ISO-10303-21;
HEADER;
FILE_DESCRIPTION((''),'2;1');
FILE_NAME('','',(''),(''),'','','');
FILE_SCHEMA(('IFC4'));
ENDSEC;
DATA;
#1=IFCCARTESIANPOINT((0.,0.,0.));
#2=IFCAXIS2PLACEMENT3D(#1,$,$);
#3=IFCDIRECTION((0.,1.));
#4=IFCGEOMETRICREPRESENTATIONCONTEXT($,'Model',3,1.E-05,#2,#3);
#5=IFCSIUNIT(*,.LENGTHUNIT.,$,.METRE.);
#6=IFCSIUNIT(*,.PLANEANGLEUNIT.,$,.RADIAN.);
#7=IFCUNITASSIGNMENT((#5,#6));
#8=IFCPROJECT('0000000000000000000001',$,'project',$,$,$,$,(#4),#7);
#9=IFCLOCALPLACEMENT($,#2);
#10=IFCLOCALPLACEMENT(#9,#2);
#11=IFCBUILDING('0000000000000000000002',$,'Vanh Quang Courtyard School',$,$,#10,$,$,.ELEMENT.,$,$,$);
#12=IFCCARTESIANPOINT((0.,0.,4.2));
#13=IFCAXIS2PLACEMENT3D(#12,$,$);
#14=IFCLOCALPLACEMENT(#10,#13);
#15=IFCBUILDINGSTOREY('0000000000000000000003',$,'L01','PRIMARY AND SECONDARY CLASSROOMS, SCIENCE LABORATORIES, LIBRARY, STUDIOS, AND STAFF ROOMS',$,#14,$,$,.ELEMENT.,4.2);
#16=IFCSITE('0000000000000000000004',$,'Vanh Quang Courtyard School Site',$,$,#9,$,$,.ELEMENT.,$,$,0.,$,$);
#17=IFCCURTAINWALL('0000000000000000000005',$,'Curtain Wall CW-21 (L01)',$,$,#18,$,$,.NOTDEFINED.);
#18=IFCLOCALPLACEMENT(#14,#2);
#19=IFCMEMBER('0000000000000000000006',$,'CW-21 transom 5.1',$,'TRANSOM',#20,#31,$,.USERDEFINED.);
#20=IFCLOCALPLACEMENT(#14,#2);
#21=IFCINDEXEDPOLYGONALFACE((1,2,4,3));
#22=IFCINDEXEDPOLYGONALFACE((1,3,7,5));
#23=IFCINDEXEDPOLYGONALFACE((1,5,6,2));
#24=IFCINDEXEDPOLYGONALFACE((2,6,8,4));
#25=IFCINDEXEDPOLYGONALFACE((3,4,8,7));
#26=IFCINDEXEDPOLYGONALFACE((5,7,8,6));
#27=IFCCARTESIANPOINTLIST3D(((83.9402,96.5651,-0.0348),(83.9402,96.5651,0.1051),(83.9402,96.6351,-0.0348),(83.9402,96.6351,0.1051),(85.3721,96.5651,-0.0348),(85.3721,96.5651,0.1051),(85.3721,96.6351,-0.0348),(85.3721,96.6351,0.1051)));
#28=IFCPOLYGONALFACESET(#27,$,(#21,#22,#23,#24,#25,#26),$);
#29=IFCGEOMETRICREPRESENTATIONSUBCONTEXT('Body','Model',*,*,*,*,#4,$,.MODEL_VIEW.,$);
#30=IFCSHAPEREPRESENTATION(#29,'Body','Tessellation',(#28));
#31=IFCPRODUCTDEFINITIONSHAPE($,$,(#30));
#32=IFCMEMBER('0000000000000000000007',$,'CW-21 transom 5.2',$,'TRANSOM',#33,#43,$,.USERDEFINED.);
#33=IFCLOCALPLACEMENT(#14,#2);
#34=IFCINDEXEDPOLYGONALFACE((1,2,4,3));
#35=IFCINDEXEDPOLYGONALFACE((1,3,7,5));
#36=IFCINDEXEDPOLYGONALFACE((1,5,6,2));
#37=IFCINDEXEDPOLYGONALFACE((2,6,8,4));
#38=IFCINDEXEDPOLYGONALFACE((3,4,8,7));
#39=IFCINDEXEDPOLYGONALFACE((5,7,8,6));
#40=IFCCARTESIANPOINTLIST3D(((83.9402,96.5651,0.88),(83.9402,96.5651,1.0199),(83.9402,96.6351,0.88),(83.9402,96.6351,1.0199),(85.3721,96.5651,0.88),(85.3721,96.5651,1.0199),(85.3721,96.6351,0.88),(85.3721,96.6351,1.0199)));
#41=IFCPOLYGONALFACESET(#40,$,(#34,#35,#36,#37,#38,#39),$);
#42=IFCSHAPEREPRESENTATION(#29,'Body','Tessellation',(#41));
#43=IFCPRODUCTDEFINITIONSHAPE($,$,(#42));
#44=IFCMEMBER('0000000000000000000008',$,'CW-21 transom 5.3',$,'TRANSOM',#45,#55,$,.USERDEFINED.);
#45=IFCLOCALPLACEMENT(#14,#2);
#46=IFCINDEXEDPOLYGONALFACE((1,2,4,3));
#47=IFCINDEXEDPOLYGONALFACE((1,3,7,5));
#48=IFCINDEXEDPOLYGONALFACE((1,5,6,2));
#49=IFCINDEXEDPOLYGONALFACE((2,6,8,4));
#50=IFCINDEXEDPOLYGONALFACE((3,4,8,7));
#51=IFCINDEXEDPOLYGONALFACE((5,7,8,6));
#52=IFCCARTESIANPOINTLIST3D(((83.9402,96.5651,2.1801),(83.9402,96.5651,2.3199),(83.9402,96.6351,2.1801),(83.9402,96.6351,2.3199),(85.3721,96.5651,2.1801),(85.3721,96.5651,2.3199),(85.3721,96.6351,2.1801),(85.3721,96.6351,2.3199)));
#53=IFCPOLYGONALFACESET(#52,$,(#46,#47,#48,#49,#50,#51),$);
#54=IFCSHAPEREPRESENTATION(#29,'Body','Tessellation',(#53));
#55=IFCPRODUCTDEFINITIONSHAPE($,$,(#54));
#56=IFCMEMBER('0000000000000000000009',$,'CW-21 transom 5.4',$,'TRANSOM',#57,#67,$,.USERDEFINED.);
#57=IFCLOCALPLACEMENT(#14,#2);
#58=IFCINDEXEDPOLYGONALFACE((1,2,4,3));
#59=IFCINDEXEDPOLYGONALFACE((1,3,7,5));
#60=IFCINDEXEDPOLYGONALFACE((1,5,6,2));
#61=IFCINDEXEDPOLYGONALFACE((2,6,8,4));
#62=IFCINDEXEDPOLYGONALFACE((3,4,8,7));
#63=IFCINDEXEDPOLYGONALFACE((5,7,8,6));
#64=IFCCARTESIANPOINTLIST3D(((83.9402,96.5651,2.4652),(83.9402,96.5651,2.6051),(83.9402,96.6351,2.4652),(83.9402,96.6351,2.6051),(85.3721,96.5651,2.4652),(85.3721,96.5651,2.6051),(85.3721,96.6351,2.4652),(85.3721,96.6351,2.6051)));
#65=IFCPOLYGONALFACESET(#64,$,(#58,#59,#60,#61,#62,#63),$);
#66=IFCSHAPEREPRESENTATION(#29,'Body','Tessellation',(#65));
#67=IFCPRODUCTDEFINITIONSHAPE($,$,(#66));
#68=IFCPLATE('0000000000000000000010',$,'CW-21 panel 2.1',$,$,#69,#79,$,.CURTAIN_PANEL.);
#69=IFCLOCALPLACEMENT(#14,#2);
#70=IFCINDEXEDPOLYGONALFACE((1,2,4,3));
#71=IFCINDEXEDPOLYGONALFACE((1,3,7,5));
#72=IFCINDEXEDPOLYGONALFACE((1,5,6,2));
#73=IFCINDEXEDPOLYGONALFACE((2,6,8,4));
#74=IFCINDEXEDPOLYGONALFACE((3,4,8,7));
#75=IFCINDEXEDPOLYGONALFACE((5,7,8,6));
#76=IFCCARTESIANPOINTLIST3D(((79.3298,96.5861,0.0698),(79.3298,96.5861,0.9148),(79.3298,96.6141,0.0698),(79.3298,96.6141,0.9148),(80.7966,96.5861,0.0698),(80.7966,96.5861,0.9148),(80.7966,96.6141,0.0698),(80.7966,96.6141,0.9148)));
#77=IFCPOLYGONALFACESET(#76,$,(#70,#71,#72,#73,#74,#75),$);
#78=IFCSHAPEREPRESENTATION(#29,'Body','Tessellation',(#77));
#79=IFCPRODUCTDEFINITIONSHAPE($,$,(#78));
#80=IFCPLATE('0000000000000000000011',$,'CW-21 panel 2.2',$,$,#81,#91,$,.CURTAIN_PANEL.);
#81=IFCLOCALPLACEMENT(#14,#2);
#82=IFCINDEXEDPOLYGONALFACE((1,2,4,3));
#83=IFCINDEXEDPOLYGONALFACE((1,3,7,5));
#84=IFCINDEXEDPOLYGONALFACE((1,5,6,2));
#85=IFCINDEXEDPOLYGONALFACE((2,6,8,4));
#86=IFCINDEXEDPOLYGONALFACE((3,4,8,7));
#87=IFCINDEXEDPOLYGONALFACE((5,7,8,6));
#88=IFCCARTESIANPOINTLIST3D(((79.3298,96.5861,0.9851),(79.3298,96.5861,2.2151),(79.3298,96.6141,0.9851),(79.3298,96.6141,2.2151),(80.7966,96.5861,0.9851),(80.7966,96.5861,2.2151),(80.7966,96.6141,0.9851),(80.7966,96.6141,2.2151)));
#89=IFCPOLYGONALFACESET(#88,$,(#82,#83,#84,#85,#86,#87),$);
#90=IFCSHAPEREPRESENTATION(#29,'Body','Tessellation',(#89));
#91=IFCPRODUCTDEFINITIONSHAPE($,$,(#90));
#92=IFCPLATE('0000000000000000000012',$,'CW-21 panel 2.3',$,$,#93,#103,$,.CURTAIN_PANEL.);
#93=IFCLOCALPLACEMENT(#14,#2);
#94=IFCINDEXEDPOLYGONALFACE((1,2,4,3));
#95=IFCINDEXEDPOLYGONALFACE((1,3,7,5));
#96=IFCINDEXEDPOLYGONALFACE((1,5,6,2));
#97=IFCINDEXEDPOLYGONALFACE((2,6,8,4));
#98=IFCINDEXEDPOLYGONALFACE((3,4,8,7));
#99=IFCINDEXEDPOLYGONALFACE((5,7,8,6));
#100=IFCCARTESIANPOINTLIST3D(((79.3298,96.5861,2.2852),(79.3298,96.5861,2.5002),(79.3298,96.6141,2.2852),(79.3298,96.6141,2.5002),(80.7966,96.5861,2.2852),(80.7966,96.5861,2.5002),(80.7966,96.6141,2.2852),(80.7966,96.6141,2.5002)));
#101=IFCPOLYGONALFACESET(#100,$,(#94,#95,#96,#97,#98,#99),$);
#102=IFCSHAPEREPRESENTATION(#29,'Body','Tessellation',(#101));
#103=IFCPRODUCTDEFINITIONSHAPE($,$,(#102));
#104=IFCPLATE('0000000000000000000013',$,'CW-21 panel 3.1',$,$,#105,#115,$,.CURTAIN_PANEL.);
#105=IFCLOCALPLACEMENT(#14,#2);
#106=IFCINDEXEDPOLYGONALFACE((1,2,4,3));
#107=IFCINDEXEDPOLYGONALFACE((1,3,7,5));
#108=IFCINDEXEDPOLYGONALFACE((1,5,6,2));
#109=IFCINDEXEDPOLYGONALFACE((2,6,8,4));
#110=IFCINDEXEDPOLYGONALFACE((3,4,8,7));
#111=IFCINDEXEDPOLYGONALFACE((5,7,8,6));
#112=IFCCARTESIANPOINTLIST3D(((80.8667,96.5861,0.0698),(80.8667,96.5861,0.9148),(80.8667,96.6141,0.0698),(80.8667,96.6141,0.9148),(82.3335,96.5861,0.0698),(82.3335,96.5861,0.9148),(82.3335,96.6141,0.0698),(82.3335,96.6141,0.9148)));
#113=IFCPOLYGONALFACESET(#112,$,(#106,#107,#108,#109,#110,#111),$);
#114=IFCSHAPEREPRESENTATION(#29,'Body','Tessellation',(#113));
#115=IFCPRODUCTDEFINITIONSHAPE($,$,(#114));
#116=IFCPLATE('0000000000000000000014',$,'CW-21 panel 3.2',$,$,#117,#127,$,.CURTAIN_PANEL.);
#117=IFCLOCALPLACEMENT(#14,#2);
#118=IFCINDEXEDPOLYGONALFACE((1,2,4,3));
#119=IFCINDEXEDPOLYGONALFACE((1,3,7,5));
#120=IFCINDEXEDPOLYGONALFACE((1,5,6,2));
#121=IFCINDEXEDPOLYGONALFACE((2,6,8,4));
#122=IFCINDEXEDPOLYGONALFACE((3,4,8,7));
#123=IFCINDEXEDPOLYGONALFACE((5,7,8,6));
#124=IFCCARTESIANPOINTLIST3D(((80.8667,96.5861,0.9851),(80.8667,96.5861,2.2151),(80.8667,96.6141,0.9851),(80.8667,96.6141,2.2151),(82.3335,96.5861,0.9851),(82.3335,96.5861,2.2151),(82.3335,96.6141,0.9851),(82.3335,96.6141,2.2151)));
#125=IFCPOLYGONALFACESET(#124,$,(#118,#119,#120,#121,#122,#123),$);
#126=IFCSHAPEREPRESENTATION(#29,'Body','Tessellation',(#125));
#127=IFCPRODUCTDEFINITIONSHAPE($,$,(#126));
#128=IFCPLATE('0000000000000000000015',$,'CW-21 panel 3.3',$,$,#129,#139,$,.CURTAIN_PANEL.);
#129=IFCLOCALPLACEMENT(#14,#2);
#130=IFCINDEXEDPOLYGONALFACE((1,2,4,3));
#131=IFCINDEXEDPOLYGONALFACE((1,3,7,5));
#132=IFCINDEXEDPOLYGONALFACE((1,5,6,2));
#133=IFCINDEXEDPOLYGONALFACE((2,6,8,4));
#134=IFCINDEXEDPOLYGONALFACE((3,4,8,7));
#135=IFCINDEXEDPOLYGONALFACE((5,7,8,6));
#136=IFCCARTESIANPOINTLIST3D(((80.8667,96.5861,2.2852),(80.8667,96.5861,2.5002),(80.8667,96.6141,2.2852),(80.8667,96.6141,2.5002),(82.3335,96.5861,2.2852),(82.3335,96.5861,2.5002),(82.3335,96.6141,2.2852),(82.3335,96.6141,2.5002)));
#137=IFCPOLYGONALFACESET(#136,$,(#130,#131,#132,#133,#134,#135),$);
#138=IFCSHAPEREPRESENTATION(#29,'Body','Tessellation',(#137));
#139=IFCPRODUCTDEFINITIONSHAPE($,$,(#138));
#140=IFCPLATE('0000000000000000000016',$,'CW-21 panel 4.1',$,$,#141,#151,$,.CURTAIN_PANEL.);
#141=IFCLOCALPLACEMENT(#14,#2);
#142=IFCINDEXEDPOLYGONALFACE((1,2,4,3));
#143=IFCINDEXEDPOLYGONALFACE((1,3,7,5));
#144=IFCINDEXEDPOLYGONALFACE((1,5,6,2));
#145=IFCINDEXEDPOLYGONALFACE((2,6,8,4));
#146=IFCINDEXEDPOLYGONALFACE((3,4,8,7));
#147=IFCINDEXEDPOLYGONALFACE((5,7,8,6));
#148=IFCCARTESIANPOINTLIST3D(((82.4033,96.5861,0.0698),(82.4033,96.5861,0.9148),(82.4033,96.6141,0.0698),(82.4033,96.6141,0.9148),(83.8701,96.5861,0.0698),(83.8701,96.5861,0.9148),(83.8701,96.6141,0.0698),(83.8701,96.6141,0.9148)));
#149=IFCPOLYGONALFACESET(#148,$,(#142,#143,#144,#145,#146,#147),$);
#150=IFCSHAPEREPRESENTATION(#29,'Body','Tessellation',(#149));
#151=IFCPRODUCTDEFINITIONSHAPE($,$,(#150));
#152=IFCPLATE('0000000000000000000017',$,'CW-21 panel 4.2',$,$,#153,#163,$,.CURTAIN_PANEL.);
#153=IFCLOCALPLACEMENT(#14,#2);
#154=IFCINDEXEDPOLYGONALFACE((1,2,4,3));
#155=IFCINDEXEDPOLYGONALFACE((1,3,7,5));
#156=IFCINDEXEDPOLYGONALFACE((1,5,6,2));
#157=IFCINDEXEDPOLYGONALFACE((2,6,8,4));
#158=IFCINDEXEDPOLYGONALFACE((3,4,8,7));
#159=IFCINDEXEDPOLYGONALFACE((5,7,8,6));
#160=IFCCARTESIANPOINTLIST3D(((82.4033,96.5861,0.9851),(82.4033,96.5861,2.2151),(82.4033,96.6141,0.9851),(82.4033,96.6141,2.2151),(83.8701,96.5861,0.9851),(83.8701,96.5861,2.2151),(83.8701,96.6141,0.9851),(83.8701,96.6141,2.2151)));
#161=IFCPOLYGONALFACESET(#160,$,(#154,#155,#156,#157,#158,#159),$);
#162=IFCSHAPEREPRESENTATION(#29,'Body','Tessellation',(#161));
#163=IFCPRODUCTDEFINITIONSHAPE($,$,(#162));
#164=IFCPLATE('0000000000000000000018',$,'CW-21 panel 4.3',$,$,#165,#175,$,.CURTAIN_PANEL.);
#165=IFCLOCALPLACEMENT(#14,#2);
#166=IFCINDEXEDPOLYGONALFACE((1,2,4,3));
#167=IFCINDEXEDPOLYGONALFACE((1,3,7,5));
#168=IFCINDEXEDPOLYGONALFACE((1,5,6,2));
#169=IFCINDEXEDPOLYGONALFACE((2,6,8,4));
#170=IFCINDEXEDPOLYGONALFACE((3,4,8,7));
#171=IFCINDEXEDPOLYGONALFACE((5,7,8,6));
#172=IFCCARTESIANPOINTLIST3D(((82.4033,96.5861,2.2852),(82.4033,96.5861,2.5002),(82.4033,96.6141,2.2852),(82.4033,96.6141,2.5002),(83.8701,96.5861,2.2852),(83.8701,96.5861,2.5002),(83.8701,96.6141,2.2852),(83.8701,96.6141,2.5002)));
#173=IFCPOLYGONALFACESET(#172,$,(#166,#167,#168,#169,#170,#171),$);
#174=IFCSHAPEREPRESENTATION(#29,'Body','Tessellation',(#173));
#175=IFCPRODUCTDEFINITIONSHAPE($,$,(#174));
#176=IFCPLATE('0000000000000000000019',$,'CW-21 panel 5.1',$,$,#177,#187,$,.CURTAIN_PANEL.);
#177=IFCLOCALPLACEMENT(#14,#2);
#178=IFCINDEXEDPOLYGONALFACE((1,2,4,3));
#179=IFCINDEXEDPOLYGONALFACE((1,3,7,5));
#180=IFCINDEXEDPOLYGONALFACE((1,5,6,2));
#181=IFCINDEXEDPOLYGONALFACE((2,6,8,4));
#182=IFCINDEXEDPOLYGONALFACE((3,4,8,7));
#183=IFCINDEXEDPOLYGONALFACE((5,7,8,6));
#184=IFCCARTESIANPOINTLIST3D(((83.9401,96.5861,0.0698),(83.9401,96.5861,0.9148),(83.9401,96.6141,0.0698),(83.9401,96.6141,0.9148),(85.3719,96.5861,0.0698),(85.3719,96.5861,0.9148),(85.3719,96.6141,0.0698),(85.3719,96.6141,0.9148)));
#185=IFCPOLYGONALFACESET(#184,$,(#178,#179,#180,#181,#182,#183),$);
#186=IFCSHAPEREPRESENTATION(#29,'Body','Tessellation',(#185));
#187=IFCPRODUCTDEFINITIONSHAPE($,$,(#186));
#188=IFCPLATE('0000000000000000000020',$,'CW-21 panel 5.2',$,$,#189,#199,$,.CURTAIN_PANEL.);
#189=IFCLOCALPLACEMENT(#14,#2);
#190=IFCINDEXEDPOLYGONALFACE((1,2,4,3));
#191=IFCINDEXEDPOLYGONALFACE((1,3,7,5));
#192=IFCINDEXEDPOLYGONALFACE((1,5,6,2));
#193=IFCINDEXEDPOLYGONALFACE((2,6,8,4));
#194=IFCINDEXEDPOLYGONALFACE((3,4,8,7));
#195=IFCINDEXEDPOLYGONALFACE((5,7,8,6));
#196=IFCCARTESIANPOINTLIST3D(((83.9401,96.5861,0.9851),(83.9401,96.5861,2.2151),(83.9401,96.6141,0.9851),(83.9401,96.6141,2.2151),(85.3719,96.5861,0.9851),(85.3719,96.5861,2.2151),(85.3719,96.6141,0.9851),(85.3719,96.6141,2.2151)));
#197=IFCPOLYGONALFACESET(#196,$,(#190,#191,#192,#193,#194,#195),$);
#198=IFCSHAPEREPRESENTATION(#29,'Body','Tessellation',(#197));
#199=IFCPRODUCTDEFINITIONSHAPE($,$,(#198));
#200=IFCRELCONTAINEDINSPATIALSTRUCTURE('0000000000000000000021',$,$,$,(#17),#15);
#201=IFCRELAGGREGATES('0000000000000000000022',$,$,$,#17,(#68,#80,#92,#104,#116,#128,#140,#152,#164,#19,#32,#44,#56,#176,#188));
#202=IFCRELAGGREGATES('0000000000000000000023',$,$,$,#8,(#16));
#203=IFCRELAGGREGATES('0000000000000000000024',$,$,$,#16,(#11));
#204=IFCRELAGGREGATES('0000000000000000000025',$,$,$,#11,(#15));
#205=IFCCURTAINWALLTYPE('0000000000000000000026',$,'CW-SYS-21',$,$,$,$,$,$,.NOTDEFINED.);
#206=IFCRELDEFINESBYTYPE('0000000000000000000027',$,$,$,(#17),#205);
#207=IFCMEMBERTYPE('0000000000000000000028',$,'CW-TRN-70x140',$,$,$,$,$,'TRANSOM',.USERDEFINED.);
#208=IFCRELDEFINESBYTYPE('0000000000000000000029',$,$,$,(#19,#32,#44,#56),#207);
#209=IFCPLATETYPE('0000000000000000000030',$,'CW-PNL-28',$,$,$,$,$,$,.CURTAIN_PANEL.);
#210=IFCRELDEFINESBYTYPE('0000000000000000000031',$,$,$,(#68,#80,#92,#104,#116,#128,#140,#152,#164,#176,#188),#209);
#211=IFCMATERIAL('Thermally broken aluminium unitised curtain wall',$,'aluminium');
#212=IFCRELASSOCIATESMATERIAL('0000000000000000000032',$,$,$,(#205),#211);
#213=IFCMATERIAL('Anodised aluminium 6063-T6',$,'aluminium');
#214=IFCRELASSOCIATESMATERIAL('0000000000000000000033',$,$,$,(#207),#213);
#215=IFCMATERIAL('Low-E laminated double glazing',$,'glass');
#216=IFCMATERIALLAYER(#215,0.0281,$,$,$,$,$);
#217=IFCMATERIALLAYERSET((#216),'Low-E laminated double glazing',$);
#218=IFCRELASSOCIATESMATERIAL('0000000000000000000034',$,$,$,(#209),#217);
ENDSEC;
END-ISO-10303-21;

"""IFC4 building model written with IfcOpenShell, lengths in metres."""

from ifc_helpers import new_model, si_unit, direction, frame, origin, origin_2d, place, context, subcontext, project, spatial, rectangle, extrude, material, layer, layer_set, material_profile, profile_set, type_object, element, aggregate, save


model = new_model("IFC4")

# Units and contexts
model_context = context("Model", 3, precision=1e-05, world=origin(), true_north=direction((0.0, 1.0)))
body_context = subcontext(model_context, "Body", "Model", "MODEL_VIEW")
ifc_project = project(units=[si_unit("LENGTHUNIT", "METRE"), si_unit("PLANEANGLEUNIT", "RADIAN")], contexts=[model_context])

# Site, building, storey
site_placement = place(None, origin())
site = spatial("IfcSite", under=ifc_project, at=site_placement, Name="Vanh Quang Courtyard School Site", CompositionType="ELEMENT", RefElevation=0.0)
building_placement = place(site_placement, origin())
building = spatial("IfcBuilding", under=site, at=building_placement, Name="Vanh Quang Courtyard School", CompositionType="ELEMENT")
storey_placement = place(building_placement, frame((0.0, 0.0, 4.2)))
storey = spatial("IfcBuildingStorey", under=building, at=storey_placement, Name="L01", Description="PRIMARY AND SECONDARY CLASSROOMS, SCIENCE LABORATORIES, LIBRARY, STUDIOS, AND STAFF ROOMS", CompositionType="ELEMENT", Elevation=4.2)

# Curtain wall, members, plates
ifc_material_1 = material(Name="Thermally broken aluminium unitised curtain wall", Category="aluminium")
curtain_wall_type = type_object("IfcCurtainWallType", Name="CW-SYS-21", PredefinedType="NOTDEFINED", material=ifc_material_1)
curtain_wall_placement = place(storey_placement, origin())
curtain_wall = element("IfcCurtainWall", 1, at=curtain_wall_placement, inside=storey, type_object=curtain_wall_type, Name="Curtain Wall CW-21 (L01)", PredefinedType="NOTDEFINED")
ifc_material_2 = material(Name="Anodised aluminium 6063-T6", Category="aluminium")
ifc_material_profile_1 = material_profile(ifc_material_2, rectangle(XDim=0.0701, YDim=0.1399, at=origin_2d()), Name="ALU-TRN 70x140")
ifc_profile_set_1 = profile_set([ifc_material_profile_1], Name="Anodised aluminium 6063-T6")
member_type_1 = type_object("IfcMemberType", Name="CW-TRN-70x140", ElementType="TRANSOM", PredefinedType="USERDEFINED", material=ifc_profile_set_1)
member_1_placement = place(storey_placement, frame((83.9402, 96.6001, 0.0352), z_axis=(1.0, 0.0, 0.0), x_axis=(0.0, 1.0, 0.0)))
member_1 = element("IfcMember", 2, at=member_1_placement, type_object=member_type_1, Name="CW-21 transom 5.1", ObjectType="TRANSOM", PredefinedType="USERDEFINED", context=body_context, shape_type="SweptSolid", body=[
    extrude(rectangle(XDim=0.0701, YDim=0.1399, at=origin_2d()), origin(), (0.0, 0.0, 1.0), 1.4319),
])
member_2_placement = place(storey_placement, frame((83.9402, 96.6001, 0.95), z_axis=(1.0, 0.0, 0.0), x_axis=(0.0, 1.0, 0.0)))
member_2 = element("IfcMember", 3, at=member_2_placement, type_object=member_type_1, Name="CW-21 transom 5.2", ObjectType="TRANSOM", PredefinedType="USERDEFINED", context=body_context, shape_type="SweptSolid", body=[
    extrude(rectangle(XDim=0.0701, YDim=0.1399, at=origin_2d()), origin(), (0.0, 0.0, 1.0), 1.4319),
])
member_3_placement = place(storey_placement, frame((83.9402, 96.6001, 2.25), z_axis=(1.0, 0.0, 0.0), x_axis=(0.0, 1.0, 0.0)))
member_3 = element("IfcMember", 4, at=member_3_placement, type_object=member_type_1, Name="CW-21 transom 5.3", ObjectType="TRANSOM", PredefinedType="USERDEFINED", context=body_context, shape_type="SweptSolid", body=[
    extrude(rectangle(XDim=0.0701, YDim=0.1399, at=origin_2d()), origin(), (0.0, 0.0, 1.0), 1.4319),
])
member_4_placement = place(storey_placement, frame((83.9402, 96.6001, 2.5352), z_axis=(1.0, 0.0, 0.0), x_axis=(0.0, 1.0, 0.0)))
member_4 = element("IfcMember", 5, at=member_4_placement, type_object=member_type_1, Name="CW-21 transom 5.4", ObjectType="TRANSOM", PredefinedType="USERDEFINED", context=body_context, shape_type="SweptSolid", body=[
    extrude(rectangle(XDim=0.0701, YDim=0.1399, at=origin_2d()), origin(), (0.0, 0.0, 1.0), 1.4319),
])
ifc_material_3 = material(Name="Low-E laminated double glazing", Category="glass")
ifc_layer = layer(ifc_material_3, 0.0281)
ifc_layer_set = layer_set([ifc_layer], Name="Low-E laminated double glazing")
plate_type = type_object("IfcPlateType", Name="CW-PNL-28", PredefinedType="CURTAIN_PANEL", material=ifc_layer_set)
plate_1_placement = place(storey_placement, frame((80.0632, 96.6001, 0.0698), z_axis=(0.0, 0.0, 1.0), x_axis=(1.0, 0.0, 0.0)))
plate_1 = element("IfcPlate", 6, at=plate_1_placement, type_object=plate_type, Name="CW-21 panel 2.1", PredefinedType="CURTAIN_PANEL", context=body_context, shape_type="SweptSolid", body=[
    extrude(rectangle(XDim=1.4668, YDim=0.0281, at=origin_2d()), origin(), (0.0, 0.0, 1.0), 0.845),
])
plate_2_placement = place(storey_placement, frame((80.0632, 96.6001, 0.9851), z_axis=(0.0, 0.0, 1.0), x_axis=(1.0, 0.0, 0.0)))
plate_2 = element("IfcPlate", 7, at=plate_2_placement, type_object=plate_type, Name="CW-21 panel 2.2", PredefinedType="CURTAIN_PANEL", context=body_context, shape_type="SweptSolid", body=[
    extrude(rectangle(XDim=1.4668, YDim=0.0281, at=origin_2d()), origin(), (0.0, 0.0, 1.0), 1.23),
])
plate_3_placement = place(storey_placement, frame((80.0632, 96.6001, 2.2852), z_axis=(0.0, 0.0, 1.0), x_axis=(1.0, 0.0, 0.0)))
plate_3 = element("IfcPlate", 8, at=plate_3_placement, type_object=plate_type, Name="CW-21 panel 2.3", PredefinedType="CURTAIN_PANEL", context=body_context, shape_type="SweptSolid", body=[
    extrude(rectangle(XDim=1.4668, YDim=0.0281, at=origin_2d()), origin(), (0.0, 0.0, 1.0), 0.2151),
])
plate_4_placement = place(storey_placement, frame((81.6001, 96.6001, 0.0698), z_axis=(0.0, 0.0, 1.0), x_axis=(1.0, 0.0, 0.0)))
plate_4 = element("IfcPlate", 9, at=plate_4_placement, type_object=plate_type, Name="CW-21 panel 3.1", PredefinedType="CURTAIN_PANEL", context=body_context, shape_type="SweptSolid", body=[
    extrude(rectangle(XDim=1.4668, YDim=0.0281, at=origin_2d()), origin(), (0.0, 0.0, 1.0), 0.845),
])
plate_5_placement = place(storey_placement, frame((81.6001, 96.6001, 0.9851), z_axis=(0.0, 0.0, 1.0), x_axis=(1.0, 0.0, 0.0)))
plate_5 = element("IfcPlate", 10, at=plate_5_placement, type_object=plate_type, Name="CW-21 panel 3.2", PredefinedType="CURTAIN_PANEL", context=body_context, shape_type="SweptSolid", body=[
    extrude(rectangle(XDim=1.4668, YDim=0.0281, at=origin_2d()), origin(), (0.0, 0.0, 1.0), 1.23),
])
plate_6_placement = place(storey_placement, frame((81.6001, 96.6001, 2.2852), z_axis=(0.0, 0.0, 1.0), x_axis=(1.0, 0.0, 0.0)))
plate_6 = element("IfcPlate", 11, at=plate_6_placement, type_object=plate_type, Name="CW-21 panel 3.3", PredefinedType="CURTAIN_PANEL", context=body_context, shape_type="SweptSolid", body=[
    extrude(rectangle(XDim=1.4668, YDim=0.0281, at=origin_2d()), origin(), (0.0, 0.0, 1.0), 0.2151),
])
plate_7_placement = place(storey_placement, frame((83.1367, 96.6001, 0.0698), z_axis=(0.0, 0.0, 1.0), x_axis=(1.0, 0.0, 0.0)))
plate_7 = element("IfcPlate", 12, at=plate_7_placement, type_object=plate_type, Name="CW-21 panel 4.1", PredefinedType="CURTAIN_PANEL", context=body_context, shape_type="SweptSolid", body=[
    extrude(rectangle(XDim=1.4668, YDim=0.0281, at=origin_2d()), origin(), (0.0, 0.0, 1.0), 0.845),
])
plate_8_placement = place(storey_placement, frame((83.1367, 96.6001, 0.9851), z_axis=(0.0, 0.0, 1.0), x_axis=(1.0, 0.0, 0.0)))
plate_8 = element("IfcPlate", 13, at=plate_8_placement, type_object=plate_type, Name="CW-21 panel 4.2", PredefinedType="CURTAIN_PANEL", context=body_context, shape_type="SweptSolid", body=[
    extrude(rectangle(XDim=1.4668, YDim=0.0281, at=origin_2d()), origin(), (0.0, 0.0, 1.0), 1.23),
])
plate_9_placement = place(storey_placement, frame((83.1367, 96.6001, 2.2852), z_axis=(0.0, 0.0, 1.0), x_axis=(1.0, 0.0, 0.0)))
plate_9 = element("IfcPlate", 14, at=plate_9_placement, type_object=plate_type, Name="CW-21 panel 4.3", PredefinedType="CURTAIN_PANEL", context=body_context, shape_type="SweptSolid", body=[
    extrude(rectangle(XDim=1.4668, YDim=0.0281, at=origin_2d()), origin(), (0.0, 0.0, 1.0), 0.2151),
])
plate_10_placement = place(storey_placement, frame((84.656, 96.6001, 0.0698), z_axis=(0.0, 0.0, 1.0), x_axis=(1.0, 0.0, 0.0)))
plate_10 = element("IfcPlate", 15, at=plate_10_placement, type_object=plate_type, Name="CW-21 panel 5.1", PredefinedType="CURTAIN_PANEL", context=body_context, shape_type="SweptSolid", body=[
    extrude(rectangle(XDim=1.4319, YDim=0.0281, at=origin_2d()), origin(), (0.0, 0.0, 1.0), 0.845),
])
plate_11_placement = place(storey_placement, frame((84.656, 96.6001, 0.9851), z_axis=(0.0, 0.0, 1.0), x_axis=(1.0, 0.0, 0.0)))
plate_11 = element("IfcPlate", 16, at=plate_11_placement, type_object=plate_type, Name="CW-21 panel 5.2", PredefinedType="CURTAIN_PANEL", context=body_context, shape_type="SweptSolid", body=[
    extrude(rectangle(XDim=1.4319, YDim=0.0281, at=origin_2d()), origin(), (0.0, 0.0, 1.0), 1.23),
])
aggregate(curtain_wall, [plate_1, plate_2, plate_3, plate_4, plate_5, plate_6, plate_7, plate_8, plate_9, member_1, member_2, member_3, member_4, plate_10, plate_11])

save(model, "model.ifc")
